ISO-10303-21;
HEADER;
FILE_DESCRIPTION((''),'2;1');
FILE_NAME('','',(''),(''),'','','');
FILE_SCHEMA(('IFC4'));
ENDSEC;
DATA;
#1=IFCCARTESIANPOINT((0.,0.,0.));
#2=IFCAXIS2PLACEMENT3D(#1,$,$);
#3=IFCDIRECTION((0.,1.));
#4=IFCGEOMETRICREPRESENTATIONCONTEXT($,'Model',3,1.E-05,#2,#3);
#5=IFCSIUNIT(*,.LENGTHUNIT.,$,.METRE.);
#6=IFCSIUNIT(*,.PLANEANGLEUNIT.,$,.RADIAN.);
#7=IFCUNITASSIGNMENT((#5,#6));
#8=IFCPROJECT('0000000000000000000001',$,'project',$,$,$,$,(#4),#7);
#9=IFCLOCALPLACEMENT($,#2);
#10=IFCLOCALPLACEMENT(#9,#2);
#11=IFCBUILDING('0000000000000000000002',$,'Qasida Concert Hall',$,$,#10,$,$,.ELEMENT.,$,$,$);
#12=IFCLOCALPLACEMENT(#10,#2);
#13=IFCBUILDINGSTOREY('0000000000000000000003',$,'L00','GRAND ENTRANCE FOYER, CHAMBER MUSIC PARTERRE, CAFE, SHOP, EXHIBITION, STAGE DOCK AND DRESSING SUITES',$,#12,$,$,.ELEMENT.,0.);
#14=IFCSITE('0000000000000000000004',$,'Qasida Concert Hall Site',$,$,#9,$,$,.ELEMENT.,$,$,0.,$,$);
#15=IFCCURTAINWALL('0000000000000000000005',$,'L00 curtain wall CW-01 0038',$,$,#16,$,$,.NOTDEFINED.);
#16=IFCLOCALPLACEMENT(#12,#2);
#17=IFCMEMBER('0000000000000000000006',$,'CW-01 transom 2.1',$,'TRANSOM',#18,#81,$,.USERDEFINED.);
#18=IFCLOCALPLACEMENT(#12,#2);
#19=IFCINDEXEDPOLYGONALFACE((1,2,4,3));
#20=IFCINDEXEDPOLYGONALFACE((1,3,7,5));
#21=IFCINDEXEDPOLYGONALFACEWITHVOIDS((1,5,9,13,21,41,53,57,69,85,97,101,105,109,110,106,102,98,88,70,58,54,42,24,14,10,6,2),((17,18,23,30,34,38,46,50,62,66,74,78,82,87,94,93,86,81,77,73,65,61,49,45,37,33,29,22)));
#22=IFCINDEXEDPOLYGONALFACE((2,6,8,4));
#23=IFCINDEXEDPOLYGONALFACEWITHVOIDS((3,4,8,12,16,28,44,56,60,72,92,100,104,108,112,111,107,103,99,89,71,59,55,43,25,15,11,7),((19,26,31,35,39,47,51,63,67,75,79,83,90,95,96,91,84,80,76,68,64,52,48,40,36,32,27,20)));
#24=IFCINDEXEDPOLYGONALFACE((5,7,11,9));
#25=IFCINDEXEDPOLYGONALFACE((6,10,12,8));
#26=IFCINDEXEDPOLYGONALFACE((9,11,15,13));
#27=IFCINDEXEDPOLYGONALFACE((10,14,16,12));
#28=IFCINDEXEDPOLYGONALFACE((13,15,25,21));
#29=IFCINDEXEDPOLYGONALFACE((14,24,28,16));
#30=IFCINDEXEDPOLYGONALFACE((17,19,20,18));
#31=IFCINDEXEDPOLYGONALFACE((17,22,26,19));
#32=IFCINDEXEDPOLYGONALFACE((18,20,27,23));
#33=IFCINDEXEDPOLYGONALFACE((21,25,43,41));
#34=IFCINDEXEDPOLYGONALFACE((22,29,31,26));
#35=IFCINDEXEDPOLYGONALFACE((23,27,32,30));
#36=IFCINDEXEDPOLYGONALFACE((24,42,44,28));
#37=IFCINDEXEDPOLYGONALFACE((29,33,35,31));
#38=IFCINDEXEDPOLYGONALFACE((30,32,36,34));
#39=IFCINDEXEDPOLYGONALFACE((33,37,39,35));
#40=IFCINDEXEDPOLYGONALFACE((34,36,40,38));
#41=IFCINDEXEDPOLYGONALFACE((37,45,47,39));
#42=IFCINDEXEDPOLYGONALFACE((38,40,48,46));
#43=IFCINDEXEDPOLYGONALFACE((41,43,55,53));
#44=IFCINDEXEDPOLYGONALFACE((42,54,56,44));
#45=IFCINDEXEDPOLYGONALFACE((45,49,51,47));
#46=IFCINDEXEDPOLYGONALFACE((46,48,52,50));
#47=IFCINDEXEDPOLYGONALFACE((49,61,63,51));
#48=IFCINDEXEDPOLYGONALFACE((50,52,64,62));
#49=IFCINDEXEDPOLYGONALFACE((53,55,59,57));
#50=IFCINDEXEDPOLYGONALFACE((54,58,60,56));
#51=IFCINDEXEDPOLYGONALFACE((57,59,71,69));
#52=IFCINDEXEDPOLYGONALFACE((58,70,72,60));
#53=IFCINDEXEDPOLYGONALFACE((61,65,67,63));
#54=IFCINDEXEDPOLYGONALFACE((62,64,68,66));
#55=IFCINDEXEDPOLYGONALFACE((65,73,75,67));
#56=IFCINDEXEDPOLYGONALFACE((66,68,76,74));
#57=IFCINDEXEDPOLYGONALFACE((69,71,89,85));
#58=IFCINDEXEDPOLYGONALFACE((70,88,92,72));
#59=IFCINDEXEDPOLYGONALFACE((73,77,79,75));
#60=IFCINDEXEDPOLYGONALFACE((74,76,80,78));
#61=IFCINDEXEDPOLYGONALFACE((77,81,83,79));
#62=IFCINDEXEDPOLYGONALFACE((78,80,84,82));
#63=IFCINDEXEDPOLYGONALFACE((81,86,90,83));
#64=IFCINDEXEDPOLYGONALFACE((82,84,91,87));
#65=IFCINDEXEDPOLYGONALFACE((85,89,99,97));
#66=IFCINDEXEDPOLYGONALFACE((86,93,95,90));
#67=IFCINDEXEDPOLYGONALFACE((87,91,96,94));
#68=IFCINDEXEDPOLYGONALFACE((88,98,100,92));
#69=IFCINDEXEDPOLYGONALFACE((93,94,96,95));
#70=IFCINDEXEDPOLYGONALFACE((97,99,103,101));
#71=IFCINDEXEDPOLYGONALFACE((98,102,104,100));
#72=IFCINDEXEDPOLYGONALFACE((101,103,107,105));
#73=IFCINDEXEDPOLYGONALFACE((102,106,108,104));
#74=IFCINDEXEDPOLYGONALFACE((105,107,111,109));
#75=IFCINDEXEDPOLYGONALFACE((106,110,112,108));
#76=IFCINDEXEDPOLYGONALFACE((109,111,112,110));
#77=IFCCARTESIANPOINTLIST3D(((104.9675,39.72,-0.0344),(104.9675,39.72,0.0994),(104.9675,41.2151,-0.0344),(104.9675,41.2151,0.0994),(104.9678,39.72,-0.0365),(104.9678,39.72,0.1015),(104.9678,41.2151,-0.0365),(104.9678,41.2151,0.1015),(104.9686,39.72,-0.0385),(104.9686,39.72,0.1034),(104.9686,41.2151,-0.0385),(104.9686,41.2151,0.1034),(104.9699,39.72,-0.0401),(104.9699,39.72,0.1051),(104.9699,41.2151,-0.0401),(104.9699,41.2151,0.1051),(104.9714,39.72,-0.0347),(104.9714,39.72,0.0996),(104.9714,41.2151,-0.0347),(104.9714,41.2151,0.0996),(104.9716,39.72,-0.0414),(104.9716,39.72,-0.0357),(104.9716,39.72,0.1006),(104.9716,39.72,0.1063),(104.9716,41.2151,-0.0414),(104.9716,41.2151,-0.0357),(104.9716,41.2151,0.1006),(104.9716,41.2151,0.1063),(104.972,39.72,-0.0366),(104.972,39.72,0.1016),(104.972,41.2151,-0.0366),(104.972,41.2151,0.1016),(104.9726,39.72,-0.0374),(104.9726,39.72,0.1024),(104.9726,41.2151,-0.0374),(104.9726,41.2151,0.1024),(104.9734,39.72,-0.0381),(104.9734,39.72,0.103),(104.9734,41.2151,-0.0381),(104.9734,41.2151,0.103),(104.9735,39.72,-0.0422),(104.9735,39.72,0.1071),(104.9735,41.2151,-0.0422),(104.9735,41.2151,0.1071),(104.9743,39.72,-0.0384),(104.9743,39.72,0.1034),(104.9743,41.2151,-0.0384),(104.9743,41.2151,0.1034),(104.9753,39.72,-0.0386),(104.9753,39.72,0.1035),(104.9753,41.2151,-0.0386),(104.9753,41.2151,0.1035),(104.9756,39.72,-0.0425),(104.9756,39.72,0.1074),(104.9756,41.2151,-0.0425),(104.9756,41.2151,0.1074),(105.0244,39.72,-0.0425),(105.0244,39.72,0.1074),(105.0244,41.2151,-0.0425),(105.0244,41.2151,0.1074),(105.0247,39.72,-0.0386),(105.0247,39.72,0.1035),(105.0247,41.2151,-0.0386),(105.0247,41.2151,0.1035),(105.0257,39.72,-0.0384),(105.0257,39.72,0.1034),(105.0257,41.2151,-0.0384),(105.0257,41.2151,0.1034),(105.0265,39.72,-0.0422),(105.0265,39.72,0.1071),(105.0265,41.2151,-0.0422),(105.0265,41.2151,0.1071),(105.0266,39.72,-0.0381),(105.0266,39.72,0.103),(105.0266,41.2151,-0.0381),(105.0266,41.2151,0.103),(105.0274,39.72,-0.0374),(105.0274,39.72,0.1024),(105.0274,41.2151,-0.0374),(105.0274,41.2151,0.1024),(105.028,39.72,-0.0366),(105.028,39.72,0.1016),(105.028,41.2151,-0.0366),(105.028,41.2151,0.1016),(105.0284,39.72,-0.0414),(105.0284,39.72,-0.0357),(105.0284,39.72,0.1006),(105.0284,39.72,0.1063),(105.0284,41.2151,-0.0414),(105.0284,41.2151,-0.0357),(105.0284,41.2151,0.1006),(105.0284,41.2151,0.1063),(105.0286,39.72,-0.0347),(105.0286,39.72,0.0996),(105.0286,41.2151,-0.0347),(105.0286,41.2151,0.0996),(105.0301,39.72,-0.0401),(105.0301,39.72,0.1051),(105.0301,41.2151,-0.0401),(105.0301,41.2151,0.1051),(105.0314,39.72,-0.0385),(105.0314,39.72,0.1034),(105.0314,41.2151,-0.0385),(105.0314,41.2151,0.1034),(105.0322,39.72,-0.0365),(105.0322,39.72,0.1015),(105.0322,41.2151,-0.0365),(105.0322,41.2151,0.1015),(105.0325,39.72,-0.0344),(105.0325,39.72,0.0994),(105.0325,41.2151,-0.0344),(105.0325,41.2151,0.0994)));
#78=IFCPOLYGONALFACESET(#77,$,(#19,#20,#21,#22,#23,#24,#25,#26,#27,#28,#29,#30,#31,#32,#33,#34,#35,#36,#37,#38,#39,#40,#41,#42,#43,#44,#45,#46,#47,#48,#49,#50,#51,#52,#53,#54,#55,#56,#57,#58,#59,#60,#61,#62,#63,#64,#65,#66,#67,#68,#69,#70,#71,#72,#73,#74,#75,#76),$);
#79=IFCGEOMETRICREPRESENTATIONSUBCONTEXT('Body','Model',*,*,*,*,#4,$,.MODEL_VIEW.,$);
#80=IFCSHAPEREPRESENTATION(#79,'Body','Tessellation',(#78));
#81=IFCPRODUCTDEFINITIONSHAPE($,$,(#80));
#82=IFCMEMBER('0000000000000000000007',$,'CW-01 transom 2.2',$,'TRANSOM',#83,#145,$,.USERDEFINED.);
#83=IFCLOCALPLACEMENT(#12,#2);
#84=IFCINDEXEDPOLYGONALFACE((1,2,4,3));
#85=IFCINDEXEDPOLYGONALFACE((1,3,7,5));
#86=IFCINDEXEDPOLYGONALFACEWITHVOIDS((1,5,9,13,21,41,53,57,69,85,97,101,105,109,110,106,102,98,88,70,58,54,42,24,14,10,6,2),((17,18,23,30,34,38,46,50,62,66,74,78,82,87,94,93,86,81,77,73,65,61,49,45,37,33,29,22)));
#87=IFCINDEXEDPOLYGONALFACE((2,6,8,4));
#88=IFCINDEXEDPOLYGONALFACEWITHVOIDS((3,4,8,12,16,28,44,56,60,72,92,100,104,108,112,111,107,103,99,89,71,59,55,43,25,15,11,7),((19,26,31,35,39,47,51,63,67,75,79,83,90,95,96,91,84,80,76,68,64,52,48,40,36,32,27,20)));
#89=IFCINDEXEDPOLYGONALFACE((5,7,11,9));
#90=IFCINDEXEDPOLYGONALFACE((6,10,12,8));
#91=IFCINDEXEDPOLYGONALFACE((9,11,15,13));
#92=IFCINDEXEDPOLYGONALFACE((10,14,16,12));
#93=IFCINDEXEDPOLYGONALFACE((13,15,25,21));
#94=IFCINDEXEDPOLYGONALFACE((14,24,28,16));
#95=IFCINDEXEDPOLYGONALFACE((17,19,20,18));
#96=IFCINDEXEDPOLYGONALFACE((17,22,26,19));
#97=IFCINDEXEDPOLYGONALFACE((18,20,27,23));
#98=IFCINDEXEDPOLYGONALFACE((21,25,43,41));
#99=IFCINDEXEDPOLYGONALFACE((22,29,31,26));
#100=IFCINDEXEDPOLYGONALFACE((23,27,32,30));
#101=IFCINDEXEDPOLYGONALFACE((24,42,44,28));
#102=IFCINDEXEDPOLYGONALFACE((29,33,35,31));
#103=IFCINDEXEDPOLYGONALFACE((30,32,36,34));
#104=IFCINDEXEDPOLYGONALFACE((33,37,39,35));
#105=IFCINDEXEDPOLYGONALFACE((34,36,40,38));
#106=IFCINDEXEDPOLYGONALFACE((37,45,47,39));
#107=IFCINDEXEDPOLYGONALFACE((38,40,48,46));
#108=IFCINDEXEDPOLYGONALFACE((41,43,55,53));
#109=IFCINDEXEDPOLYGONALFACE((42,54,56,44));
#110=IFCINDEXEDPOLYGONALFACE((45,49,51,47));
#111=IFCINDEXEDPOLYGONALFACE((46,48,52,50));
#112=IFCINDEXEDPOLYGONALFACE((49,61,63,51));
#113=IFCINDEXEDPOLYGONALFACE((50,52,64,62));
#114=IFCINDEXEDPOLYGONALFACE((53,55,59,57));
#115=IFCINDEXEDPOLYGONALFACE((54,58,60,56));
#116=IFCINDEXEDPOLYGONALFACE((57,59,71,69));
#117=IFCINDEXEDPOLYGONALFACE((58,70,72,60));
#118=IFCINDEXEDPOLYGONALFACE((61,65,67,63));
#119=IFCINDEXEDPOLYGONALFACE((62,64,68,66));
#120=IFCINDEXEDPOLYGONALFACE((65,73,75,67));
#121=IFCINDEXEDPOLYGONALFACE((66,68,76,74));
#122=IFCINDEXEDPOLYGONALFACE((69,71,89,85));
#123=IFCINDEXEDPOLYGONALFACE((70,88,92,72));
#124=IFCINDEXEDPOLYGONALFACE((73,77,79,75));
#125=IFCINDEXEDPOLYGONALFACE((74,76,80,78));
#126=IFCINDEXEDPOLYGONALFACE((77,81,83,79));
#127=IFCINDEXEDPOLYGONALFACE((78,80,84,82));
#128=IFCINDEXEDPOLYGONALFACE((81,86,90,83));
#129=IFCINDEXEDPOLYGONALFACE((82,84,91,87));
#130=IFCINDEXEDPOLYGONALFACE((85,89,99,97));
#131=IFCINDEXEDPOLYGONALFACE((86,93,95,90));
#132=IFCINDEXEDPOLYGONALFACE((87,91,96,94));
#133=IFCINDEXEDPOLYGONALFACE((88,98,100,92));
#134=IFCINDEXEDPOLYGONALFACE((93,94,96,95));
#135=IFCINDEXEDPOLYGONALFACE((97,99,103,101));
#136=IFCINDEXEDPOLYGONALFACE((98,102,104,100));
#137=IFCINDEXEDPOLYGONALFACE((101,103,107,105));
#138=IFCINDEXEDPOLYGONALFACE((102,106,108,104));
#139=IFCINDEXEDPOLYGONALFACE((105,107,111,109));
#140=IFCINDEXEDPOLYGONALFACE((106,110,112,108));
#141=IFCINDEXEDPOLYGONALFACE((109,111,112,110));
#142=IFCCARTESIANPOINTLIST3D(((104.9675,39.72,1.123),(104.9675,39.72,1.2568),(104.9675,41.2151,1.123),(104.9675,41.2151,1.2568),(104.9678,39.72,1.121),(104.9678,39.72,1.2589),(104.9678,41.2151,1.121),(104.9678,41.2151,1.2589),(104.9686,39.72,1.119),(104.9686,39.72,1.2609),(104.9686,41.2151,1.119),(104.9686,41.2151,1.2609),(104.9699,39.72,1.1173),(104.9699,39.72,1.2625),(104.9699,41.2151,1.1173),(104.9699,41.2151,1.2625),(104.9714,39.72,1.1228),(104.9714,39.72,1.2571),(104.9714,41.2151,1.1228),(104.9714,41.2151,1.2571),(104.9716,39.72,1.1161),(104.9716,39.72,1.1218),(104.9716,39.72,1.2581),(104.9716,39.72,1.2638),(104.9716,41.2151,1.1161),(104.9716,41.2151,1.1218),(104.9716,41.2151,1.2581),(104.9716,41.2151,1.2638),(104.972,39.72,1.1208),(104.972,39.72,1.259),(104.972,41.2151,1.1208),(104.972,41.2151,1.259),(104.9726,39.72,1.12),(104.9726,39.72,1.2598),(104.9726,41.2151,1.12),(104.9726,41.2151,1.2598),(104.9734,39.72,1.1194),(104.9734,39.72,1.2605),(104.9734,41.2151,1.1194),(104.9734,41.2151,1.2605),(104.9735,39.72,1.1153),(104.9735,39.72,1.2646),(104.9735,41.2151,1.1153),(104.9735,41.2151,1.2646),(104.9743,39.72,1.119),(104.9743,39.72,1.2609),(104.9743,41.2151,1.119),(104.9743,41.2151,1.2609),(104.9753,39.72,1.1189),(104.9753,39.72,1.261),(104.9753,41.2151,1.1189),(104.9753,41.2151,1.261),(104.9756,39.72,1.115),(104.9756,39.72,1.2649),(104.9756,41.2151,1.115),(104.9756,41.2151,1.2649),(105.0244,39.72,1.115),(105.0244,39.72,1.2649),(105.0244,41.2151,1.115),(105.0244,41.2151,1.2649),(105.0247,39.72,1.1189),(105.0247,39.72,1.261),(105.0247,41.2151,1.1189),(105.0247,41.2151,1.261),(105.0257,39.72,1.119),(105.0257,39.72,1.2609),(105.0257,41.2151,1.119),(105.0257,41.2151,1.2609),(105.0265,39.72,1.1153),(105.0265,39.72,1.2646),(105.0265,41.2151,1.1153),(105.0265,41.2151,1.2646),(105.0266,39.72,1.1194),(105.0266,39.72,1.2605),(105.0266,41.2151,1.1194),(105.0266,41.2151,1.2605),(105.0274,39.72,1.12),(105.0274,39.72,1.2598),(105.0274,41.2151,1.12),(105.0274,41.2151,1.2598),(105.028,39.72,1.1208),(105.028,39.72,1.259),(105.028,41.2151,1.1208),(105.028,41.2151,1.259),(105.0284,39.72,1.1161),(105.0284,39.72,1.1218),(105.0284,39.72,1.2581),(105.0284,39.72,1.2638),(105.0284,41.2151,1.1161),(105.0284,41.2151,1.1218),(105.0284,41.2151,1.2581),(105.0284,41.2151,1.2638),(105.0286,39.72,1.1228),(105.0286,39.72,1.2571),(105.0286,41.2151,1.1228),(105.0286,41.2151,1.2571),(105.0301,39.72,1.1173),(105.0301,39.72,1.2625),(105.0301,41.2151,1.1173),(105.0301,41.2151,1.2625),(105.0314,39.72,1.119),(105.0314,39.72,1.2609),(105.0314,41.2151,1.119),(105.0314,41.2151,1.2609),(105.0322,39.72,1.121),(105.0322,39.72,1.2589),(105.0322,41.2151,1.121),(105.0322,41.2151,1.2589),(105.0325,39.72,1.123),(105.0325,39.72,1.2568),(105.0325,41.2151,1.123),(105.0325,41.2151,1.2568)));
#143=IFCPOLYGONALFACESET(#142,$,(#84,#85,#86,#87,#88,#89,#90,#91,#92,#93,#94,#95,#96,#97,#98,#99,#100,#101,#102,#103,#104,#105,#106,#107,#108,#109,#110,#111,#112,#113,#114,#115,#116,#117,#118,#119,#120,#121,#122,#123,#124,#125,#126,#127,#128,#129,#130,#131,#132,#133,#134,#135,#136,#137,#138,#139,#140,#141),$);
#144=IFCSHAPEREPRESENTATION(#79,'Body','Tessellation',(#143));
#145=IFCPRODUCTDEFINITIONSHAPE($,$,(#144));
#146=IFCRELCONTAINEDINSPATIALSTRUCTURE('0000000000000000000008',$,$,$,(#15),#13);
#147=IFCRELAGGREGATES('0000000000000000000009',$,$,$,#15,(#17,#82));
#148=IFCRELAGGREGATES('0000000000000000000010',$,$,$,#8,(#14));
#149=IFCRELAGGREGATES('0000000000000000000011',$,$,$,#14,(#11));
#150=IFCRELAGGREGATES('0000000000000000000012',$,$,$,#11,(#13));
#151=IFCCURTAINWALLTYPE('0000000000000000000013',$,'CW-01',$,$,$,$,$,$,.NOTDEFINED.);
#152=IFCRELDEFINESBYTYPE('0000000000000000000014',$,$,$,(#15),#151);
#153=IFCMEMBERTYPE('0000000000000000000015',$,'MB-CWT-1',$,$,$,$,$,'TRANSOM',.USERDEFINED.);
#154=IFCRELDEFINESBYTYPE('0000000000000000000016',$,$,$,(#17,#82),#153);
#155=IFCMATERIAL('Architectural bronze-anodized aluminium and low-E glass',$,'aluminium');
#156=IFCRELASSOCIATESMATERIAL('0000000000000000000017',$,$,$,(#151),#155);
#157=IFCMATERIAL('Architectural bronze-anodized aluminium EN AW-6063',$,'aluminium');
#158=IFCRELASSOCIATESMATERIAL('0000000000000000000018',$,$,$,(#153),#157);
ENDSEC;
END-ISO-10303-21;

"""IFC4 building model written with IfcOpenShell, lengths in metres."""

from ifc_helpers import new_model, si_unit, direction, frame, origin, origin_2d, place, context, subcontext, project, spatial, hollow_rectangle, extrude, material, material_profile, profile_set, type_object, element, aggregate, save


model = new_model("IFC4")

# Units and contexts
model_context = context("Model", 3, precision=1e-05, world=origin(), true_north=direction((0.0, 1.0)))
body_context = subcontext(model_context, "Body", "Model", "MODEL_VIEW")
ifc_project = project(units=[si_unit("LENGTHUNIT", "METRE"), si_unit("PLANEANGLEUNIT", "RADIAN")], contexts=[model_context])

# Site, building, storey
site_placement = place(None, origin())
site = spatial("IfcSite", under=ifc_project, at=site_placement, Name="Qasida Concert Hall Site", CompositionType="ELEMENT", RefElevation=0.0)
building_placement = place(site_placement, origin())
building = spatial("IfcBuilding", under=site, at=building_placement, Name="Qasida Concert Hall", CompositionType="ELEMENT")
storey_placement = place(building_placement, origin())
storey = spatial("IfcBuildingStorey", under=building, at=storey_placement, Name="L00", Description="GRAND ENTRANCE FOYER, CHAMBER MUSIC PARTERRE, CAFE, SHOP, EXHIBITION, STAGE DOCK AND DRESSING SUITES", CompositionType="ELEMENT", Elevation=0.0)

# Shared definitions
ifc_material_1 = material(Name="Architectural bronze-anodized aluminium and low-E glass", Category="aluminium")
curtain_wall_type = type_object("IfcCurtainWallType", Name="CW-01", PredefinedType="NOTDEFINED", material=ifc_material_1)
ifc_material_2 = material(Name="Architectural bronze-anodized aluminium EN AW-6063", Category="aluminium")

# Curtain wall
curtain_wall_1_placement = place(storey_placement, origin())
curtain_wall_1 = element("IfcCurtainWall", 1, at=curtain_wall_1_placement, inside=storey, type_object=curtain_wall_type, Name="L00 curtain wall CW-01 0038", PredefinedType="NOTDEFINED")

# Members
ifc_material_profile_1 = material_profile(ifc_material_2, hollow_rectangle(XDim=0.0649, YDim=0.1499, WallThickness=0.0039, InnerFilletRadius=0.0039, OuterFilletRadius=0.0081, at=origin_2d()), Name="CWT 150x65x4")
ifc_profile_set_1 = profile_set([ifc_material_profile_1], Name="Architectural bronze-anodized aluminium EN AW-6063")
member_type_1 = type_object("IfcMemberType", Name="MB-CWT-1", ElementType="TRANSOM", PredefinedType="USERDEFINED", material=ifc_profile_set_1)
member_1_placement = place(storey_placement, frame((105.0, 39.72, 0.0325), z_axis=(0.0, 1.0, 0.0), x_axis=(-1.0, 0.0, 0.0)))
member_1 = element("IfcMember", 2, at=member_1_placement, type_object=member_type_1, Name="CW-01 transom 2.1", ObjectType="TRANSOM", PredefinedType="USERDEFINED", context=body_context, shape_type="SweptSolid", body=[
    extrude(hollow_rectangle(XDim=0.0649, YDim=0.1499, WallThickness=0.0039, InnerFilletRadius=0.0039, OuterFilletRadius=0.0081, at=origin_2d()), origin(), (0.0, 0.0, 1.0), 1.4951),
])
member_2_placement = place(storey_placement, frame((105.0, 39.72, 1.1899), z_axis=(0.0, 1.0, 0.0), x_axis=(-1.0, 0.0, 0.0)))
member_2 = element("IfcMember", 3, at=member_2_placement, type_object=member_type_1, Name="CW-01 transom 2.2", ObjectType="TRANSOM", PredefinedType="USERDEFINED", context=body_context, shape_type="SweptSolid", body=[
    extrude(hollow_rectangle(XDim=0.0649, YDim=0.1499, WallThickness=0.0039, InnerFilletRadius=0.0039, OuterFilletRadius=0.0081, at=origin_2d()), origin(), (0.0, 0.0, 1.0), 1.4951),
])

aggregate(curtain_wall_1, [member_1, member_2])

save(model, "model.ifc")
